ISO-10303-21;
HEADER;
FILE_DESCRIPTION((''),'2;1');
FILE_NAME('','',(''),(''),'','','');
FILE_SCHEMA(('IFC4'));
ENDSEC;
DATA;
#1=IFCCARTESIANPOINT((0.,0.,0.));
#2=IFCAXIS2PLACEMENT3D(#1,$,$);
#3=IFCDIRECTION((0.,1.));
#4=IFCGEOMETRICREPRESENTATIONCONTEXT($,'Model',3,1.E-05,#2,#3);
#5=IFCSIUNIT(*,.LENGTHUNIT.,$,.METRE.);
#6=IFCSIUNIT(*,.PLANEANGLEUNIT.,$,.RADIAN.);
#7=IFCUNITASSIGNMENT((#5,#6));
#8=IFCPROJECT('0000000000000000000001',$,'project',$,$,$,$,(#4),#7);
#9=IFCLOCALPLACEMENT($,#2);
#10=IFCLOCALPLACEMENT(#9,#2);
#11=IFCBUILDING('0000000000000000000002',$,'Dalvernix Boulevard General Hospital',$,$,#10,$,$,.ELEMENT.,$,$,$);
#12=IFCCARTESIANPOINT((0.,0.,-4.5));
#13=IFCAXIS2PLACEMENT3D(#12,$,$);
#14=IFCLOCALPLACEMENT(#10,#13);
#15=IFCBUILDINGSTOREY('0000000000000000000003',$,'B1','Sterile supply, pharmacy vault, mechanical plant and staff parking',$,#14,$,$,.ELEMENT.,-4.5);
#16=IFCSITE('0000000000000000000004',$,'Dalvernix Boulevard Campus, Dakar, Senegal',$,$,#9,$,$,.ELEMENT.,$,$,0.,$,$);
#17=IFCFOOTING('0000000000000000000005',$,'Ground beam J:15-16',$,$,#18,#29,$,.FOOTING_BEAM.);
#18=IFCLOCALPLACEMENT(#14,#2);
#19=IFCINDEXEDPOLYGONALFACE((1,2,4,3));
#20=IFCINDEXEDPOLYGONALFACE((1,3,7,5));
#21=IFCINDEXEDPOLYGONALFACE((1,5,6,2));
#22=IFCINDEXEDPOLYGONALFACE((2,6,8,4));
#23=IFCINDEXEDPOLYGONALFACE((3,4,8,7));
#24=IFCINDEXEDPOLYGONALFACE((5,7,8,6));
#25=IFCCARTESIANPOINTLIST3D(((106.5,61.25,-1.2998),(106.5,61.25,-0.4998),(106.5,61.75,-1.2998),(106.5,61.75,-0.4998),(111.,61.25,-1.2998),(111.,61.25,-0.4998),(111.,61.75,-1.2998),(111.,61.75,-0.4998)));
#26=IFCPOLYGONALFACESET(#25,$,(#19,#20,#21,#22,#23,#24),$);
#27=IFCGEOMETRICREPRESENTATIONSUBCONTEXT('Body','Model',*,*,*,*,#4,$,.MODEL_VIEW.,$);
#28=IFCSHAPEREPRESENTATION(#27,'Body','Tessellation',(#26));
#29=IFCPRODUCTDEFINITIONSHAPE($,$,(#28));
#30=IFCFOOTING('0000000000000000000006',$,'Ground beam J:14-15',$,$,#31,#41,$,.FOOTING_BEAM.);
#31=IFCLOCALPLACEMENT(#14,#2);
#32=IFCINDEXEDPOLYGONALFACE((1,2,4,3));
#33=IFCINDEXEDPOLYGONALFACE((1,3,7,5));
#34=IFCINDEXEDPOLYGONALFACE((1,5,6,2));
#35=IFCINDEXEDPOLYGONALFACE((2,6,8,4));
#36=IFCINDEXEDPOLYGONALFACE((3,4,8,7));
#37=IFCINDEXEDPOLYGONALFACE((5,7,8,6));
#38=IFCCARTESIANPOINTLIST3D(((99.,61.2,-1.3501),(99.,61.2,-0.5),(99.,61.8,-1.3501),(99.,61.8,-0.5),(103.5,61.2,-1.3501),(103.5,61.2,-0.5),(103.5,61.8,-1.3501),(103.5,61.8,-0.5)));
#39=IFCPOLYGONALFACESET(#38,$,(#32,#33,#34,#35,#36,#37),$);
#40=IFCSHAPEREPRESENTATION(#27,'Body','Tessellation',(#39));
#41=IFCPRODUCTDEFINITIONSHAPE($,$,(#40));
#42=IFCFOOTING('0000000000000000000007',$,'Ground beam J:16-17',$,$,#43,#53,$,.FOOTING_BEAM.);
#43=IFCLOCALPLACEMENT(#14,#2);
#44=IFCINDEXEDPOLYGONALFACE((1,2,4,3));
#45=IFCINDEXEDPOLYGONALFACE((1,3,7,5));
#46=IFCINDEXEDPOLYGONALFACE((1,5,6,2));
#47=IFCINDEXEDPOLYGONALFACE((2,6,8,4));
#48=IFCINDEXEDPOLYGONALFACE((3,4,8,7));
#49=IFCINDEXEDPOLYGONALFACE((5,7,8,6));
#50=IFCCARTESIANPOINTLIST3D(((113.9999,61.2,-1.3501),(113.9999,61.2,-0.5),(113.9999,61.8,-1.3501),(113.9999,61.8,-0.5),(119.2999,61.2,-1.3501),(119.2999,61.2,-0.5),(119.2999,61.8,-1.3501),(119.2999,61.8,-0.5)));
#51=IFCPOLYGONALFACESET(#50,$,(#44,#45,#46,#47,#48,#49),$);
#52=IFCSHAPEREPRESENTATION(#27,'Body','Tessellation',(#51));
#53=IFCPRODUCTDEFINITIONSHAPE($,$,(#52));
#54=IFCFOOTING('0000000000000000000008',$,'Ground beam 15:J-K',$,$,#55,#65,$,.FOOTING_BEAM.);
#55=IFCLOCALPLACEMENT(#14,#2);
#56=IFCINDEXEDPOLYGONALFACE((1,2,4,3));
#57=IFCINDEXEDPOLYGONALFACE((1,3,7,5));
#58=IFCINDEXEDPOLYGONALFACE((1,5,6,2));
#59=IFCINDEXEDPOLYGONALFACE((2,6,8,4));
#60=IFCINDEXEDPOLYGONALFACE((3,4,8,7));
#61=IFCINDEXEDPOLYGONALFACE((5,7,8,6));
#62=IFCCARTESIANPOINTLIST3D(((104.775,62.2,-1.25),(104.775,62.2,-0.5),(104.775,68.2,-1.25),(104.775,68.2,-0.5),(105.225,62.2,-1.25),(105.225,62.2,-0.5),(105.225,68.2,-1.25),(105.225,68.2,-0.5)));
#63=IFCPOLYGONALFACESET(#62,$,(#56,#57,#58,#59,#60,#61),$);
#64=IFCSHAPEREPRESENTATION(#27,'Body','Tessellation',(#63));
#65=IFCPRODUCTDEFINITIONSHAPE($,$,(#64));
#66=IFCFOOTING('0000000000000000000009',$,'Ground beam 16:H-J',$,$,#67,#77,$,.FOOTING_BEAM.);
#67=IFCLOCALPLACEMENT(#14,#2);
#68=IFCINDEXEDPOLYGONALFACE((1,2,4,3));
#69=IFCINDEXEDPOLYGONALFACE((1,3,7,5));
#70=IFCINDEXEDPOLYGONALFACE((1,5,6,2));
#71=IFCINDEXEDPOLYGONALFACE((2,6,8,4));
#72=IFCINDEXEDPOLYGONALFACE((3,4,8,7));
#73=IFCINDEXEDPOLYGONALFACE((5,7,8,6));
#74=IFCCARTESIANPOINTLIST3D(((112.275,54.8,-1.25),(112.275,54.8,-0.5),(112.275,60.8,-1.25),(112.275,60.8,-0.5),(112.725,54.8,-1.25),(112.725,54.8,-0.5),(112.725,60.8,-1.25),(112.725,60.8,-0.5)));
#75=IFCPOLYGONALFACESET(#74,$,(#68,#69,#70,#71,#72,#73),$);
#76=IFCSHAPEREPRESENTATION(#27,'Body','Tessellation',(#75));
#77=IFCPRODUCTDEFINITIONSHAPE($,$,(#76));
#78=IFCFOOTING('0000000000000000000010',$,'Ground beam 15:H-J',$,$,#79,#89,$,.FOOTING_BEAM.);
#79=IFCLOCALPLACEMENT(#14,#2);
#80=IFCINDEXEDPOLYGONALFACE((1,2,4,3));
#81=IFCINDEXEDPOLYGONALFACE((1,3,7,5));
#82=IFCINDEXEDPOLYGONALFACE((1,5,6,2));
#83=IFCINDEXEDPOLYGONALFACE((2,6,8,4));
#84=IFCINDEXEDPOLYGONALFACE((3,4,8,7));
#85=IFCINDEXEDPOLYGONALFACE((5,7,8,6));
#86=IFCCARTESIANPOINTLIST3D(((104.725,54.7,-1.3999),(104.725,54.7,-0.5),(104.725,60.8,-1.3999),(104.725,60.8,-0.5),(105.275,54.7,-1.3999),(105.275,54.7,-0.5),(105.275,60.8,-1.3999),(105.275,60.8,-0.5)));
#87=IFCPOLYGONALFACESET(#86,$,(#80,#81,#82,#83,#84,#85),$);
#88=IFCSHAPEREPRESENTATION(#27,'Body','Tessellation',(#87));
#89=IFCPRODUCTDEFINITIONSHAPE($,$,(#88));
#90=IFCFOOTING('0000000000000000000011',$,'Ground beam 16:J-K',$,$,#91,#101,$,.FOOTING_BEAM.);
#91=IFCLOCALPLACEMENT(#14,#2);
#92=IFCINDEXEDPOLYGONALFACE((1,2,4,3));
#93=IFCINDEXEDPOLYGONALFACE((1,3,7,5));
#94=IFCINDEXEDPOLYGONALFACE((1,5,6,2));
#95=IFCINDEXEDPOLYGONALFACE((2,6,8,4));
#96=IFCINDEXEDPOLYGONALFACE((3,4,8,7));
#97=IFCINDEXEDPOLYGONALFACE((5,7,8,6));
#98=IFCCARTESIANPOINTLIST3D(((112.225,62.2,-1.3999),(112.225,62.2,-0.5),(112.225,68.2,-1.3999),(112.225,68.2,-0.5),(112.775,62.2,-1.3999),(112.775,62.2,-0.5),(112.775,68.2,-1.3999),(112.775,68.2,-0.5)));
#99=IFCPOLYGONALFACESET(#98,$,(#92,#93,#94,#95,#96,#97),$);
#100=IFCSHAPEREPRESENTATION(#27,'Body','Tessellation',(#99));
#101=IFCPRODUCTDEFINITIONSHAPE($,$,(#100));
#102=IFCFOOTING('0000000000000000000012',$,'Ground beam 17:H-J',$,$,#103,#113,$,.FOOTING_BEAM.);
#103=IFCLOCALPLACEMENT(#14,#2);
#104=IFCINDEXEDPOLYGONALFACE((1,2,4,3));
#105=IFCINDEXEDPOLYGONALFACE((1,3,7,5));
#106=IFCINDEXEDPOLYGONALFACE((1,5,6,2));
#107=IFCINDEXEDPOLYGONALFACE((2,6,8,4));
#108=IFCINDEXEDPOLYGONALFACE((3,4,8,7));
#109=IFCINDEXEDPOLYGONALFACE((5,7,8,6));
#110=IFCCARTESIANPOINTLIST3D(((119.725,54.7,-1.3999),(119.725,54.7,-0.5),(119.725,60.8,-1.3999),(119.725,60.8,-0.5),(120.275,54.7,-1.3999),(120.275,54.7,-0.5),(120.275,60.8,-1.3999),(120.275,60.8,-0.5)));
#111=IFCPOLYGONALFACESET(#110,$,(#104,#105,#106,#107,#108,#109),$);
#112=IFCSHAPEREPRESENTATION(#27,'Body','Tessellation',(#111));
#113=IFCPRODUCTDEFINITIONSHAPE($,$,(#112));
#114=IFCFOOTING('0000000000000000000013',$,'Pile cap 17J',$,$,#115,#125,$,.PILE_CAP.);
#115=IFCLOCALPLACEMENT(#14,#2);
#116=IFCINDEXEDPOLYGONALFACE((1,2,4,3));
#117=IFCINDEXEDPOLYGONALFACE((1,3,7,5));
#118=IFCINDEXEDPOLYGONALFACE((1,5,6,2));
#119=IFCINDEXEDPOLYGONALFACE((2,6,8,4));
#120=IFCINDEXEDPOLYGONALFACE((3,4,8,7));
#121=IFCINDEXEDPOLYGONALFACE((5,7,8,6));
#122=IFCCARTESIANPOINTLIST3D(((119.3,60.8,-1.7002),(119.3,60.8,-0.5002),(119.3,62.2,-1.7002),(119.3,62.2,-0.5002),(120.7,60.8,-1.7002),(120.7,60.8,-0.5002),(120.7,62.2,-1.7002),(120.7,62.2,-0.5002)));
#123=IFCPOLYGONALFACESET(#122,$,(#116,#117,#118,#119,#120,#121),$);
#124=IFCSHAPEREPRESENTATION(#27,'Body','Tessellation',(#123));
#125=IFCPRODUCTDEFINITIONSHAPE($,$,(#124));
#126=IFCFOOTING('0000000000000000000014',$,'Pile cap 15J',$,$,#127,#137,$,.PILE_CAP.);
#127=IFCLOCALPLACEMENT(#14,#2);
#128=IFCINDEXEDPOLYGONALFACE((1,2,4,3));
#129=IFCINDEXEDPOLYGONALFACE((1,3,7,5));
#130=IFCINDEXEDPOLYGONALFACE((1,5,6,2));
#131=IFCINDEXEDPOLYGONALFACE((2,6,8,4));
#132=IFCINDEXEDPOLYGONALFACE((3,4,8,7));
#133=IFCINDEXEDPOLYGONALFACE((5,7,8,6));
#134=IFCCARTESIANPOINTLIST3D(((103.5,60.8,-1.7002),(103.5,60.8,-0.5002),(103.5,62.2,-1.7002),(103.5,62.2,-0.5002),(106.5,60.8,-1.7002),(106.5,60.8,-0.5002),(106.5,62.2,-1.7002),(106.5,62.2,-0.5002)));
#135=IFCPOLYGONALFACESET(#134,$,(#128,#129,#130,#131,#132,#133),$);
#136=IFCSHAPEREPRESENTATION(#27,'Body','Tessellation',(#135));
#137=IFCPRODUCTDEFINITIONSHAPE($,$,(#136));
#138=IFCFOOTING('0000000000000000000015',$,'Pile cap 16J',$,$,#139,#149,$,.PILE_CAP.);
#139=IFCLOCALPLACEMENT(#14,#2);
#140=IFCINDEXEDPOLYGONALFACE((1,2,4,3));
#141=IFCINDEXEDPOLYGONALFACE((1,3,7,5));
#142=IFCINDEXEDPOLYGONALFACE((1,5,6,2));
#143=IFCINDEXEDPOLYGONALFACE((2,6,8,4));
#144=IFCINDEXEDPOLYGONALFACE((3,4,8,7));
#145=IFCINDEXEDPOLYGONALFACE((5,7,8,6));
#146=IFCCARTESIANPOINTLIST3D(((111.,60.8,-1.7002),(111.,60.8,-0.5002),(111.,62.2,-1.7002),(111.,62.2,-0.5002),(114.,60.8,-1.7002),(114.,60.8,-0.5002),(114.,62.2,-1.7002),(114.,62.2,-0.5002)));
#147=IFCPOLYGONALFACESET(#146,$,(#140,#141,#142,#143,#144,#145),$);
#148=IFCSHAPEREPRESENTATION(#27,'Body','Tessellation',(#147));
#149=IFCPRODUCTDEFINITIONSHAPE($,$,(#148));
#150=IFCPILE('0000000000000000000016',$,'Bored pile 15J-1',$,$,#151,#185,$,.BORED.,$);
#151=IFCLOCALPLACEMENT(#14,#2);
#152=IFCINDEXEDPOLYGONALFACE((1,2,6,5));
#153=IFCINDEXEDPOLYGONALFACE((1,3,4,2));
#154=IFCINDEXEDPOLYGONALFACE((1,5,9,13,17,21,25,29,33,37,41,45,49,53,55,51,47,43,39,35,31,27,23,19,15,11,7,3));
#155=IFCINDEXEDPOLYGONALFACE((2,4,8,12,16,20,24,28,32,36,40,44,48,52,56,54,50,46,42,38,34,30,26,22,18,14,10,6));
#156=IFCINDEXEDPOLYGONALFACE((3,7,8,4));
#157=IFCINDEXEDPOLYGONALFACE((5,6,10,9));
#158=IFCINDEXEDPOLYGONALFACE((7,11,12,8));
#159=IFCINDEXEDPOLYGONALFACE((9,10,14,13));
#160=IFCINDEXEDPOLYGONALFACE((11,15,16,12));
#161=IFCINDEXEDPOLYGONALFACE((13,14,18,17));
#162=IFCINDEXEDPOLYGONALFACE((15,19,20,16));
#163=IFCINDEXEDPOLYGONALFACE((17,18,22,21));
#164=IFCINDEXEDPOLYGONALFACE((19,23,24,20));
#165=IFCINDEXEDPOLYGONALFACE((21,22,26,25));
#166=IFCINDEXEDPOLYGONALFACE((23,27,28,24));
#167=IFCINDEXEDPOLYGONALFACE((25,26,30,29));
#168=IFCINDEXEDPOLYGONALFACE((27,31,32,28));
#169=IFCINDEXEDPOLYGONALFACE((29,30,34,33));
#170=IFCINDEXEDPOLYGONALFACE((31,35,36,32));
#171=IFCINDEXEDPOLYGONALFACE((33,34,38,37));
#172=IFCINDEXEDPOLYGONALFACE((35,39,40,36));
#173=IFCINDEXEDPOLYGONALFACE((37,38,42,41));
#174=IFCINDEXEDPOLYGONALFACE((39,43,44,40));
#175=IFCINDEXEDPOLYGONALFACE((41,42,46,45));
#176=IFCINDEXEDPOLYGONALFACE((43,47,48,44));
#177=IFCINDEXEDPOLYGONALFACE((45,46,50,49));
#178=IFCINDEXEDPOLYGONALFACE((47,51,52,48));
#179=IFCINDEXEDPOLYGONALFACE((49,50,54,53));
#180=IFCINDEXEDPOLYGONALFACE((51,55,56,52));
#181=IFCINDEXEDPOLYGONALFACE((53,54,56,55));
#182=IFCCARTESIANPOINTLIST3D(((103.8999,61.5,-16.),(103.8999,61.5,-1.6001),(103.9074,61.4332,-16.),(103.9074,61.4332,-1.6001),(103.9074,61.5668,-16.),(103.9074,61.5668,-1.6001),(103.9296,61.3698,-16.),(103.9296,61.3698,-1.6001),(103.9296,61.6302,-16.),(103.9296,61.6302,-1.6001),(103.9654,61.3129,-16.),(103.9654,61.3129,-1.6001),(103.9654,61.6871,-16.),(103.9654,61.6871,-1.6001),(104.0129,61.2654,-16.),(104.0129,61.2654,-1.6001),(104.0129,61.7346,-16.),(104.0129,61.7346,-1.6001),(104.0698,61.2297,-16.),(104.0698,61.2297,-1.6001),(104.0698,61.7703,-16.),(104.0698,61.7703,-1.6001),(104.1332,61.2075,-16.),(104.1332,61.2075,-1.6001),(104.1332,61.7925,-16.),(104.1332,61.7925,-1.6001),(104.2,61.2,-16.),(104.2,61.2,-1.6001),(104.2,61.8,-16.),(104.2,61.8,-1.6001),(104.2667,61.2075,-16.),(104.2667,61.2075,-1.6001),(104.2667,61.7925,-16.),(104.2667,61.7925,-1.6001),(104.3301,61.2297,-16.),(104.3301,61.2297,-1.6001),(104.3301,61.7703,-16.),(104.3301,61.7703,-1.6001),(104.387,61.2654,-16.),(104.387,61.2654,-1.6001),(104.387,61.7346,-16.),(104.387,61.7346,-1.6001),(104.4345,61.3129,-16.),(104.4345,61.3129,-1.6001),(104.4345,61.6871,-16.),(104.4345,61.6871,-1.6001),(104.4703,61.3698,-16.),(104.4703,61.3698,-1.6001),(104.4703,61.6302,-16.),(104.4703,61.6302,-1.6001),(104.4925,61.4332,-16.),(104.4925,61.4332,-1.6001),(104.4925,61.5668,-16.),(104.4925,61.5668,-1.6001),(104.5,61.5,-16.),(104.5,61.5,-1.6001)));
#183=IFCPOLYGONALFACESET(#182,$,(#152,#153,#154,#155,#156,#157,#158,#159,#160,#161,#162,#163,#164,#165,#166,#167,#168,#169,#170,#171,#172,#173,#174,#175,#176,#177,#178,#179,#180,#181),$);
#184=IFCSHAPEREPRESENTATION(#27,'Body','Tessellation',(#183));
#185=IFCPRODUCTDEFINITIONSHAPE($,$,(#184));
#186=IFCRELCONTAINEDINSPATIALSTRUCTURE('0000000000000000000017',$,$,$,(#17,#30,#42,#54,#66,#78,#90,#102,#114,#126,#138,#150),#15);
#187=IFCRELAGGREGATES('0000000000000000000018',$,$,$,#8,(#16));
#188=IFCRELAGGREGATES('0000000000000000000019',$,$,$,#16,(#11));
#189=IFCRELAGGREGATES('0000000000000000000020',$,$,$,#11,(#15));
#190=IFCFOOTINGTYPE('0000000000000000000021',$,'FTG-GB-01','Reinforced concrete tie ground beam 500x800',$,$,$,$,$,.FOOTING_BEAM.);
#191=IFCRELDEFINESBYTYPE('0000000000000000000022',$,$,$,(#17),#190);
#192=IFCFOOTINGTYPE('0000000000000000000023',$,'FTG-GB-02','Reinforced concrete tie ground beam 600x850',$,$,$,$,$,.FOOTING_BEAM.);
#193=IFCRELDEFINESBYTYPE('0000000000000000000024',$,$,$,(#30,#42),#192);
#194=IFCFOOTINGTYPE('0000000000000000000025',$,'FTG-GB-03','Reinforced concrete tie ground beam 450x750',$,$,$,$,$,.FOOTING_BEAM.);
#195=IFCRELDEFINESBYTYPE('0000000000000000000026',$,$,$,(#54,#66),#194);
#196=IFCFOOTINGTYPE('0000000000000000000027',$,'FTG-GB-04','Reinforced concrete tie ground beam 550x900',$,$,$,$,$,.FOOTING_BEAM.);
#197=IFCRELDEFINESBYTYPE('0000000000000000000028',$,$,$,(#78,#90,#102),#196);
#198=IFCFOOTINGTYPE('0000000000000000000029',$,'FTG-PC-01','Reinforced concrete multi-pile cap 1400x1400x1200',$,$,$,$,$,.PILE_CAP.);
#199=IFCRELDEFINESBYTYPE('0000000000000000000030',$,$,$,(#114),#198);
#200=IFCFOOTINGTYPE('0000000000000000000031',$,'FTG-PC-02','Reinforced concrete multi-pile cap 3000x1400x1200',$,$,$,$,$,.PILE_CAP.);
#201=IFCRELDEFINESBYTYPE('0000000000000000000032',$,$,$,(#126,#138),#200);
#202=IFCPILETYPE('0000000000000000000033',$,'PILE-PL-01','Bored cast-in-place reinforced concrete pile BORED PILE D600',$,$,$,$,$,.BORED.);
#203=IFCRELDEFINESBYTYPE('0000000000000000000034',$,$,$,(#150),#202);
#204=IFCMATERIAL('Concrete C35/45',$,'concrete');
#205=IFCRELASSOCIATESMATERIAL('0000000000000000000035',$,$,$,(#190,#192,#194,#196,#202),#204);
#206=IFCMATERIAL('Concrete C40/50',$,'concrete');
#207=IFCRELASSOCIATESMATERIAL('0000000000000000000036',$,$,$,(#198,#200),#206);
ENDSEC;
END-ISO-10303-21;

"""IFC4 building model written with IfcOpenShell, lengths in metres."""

from ifc_helpers import new_model, si_unit, direction, frame, origin, origin_2d, place, context, subcontext, project, spatial, rectangle, circle, extrude, material, material_profile, profile_set, type_object, element, save


model = new_model("IFC4")

# Units and contexts
model_context = context("Model", 3, precision=1e-05, world=origin(), true_north=direction((0.0, 1.0)))
body_context = subcontext(model_context, "Body", "Model", "MODEL_VIEW")
ifc_project = project(units=[si_unit("LENGTHUNIT", "METRE"), si_unit("PLANEANGLEUNIT", "RADIAN")], contexts=[model_context])

# Site, building, storey
site_placement = place(None, origin())
site = spatial("IfcSite", under=ifc_project, at=site_placement, Name="Dalvernix Boulevard Campus, Dakar, Senegal", CompositionType="ELEMENT", RefElevation=0.0)
building_placement = place(site_placement, origin())
building = spatial("IfcBuilding", under=site, at=building_placement, Name="Dalvernix Boulevard General Hospital", CompositionType="ELEMENT")
storey_placement = place(building_placement, frame((0.0, 0.0, -4.5)))
storey = spatial("IfcBuildingStorey", under=building, at=storey_placement, Name="B1", Description="Sterile supply, pharmacy vault, mechanical plant and staff parking", CompositionType="ELEMENT", Elevation=-4.5)

# Footings
ifc_material_1 = material(Name="Concrete C35/45", Category="concrete")
footing_type_1 = type_object("IfcFootingType", Name="FTG-GB-01", Description="Reinforced concrete tie ground beam 500x800", PredefinedType="FOOTING_BEAM", material=ifc_material_1)
footing_1_placement = place(storey_placement, frame((108.75, 61.5, -1.2998), z_axis=(0.0, 0.0, 1.0), x_axis=(1.0, 0.0, 0.0)))
element("IfcFooting", 1, at=footing_1_placement, inside=storey, type_object=footing_type_1, Name="Ground beam J:15-16", PredefinedType="FOOTING_BEAM", context=body_context, shape_type="SweptSolid", body=[
    extrude(rectangle(XDim=4.5, YDim=0.5, at=origin_2d()), origin(), (0.0, 0.0, 1.0), 0.8),
])
footing_type_2 = type_object("IfcFootingType", Name="FTG-GB-02", Description="Reinforced concrete tie ground beam 600x850", PredefinedType="FOOTING_BEAM", material=ifc_material_1)
footing_2_placement = place(storey_placement, frame((101.25, 61.5, -1.3501), z_axis=(0.0, 0.0, 1.0), x_axis=(1.0, 0.0, 0.0)))
element("IfcFooting", 2, at=footing_2_placement, inside=storey, type_object=footing_type_2, Name="Ground beam J:14-15", PredefinedType="FOOTING_BEAM", context=body_context, shape_type="SweptSolid", body=[
    extrude(rectangle(XDim=4.5, YDim=0.6001, at=origin_2d()), origin(), (0.0, 0.0, 1.0), 0.8501),
])
footing_3_placement = place(storey_placement, frame((116.6499, 61.5, -1.3501), z_axis=(0.0, 0.0, 1.0), x_axis=(1.0, 0.0, 0.0)))
element("IfcFooting", 3, at=footing_3_placement, inside=storey, type_object=footing_type_2, Name="Ground beam J:16-17", PredefinedType="FOOTING_BEAM", context=body_context, shape_type="SweptSolid", body=[
    extrude(rectangle(XDim=5.3, YDim=0.6001, at=origin_2d()), origin(), (0.0, 0.0, 1.0), 0.8501),
])
footing_type_3 = type_object("IfcFootingType", Name="FTG-GB-03", Description="Reinforced concrete tie ground beam 450x750", PredefinedType="FOOTING_BEAM", material=ifc_material_1)
for number, where, z_axis, x_axis, name in (
    (4, (105.0, 65.2, -1.25), (0.0, 0.0, 1.0), (0.0, 1.0, 0.0), "Ground beam 15:J-K"),
    (5, (112.5, 57.8, -1.25), (0.0, 0.0, 1.0), (0.0, 1.0, 0.0), "Ground beam 16:H-J"),
):
    element("IfcFooting", number, at=place(storey_placement, frame(where, z_axis=z_axis, x_axis=x_axis)), inside=storey, type_object=footing_type_3, Name=name, PredefinedType="FOOTING_BEAM", context=body_context, shape_type="SweptSolid", body=[
        extrude(rectangle(XDim=6.0, YDim=0.45, at=origin_2d()), origin(), (0.0, 0.0, 1.0), 0.75),
    ])
footing_type_4 = type_object("IfcFootingType", Name="FTG-GB-04", Description="Reinforced concrete tie ground beam 550x900", PredefinedType="FOOTING_BEAM", material=ifc_material_1)
footing_4_placement = place(storey_placement, frame((105.0, 57.75, -1.3999), z_axis=(0.0, 0.0, 1.0), x_axis=(0.0, 1.0, 0.0)))
element("IfcFooting", 6, at=footing_4_placement, inside=storey, type_object=footing_type_4, Name="Ground beam 15:H-J", PredefinedType="FOOTING_BEAM", context=body_context, shape_type="SweptSolid", body=[
    extrude(rectangle(XDim=6.1001, YDim=0.55, at=origin_2d()), origin(), (0.0, 0.0, 1.0), 0.8999),
])
footing_5_placement = place(storey_placement, frame((112.5, 65.2, -1.3999), z_axis=(0.0, 0.0, 1.0), x_axis=(0.0, 1.0, 0.0)))
element("IfcFooting", 7, at=footing_5_placement, inside=storey, type_object=footing_type_4, Name="Ground beam 16:J-K", PredefinedType="FOOTING_BEAM", context=body_context, shape_type="SweptSolid", body=[
    extrude(rectangle(XDim=6.0, YDim=0.55, at=origin_2d()), origin(), (0.0, 0.0, 1.0), 0.8999),
])
footing_6_placement = place(storey_placement, frame((120.0, 57.75, -1.3999), z_axis=(0.0, 0.0, 1.0), x_axis=(0.0, 1.0, 0.0)))
element("IfcFooting", 8, at=footing_6_placement, inside=storey, type_object=footing_type_4, Name="Ground beam 17:H-J", PredefinedType="FOOTING_BEAM", context=body_context, shape_type="SweptSolid", body=[
    extrude(rectangle(XDim=6.1001, YDim=0.55, at=origin_2d()), origin(), (0.0, 0.0, 1.0), 0.8999),
])
ifc_material_2 = material(Name="Concrete C40/50", Category="concrete")
footing_type_5 = type_object("IfcFootingType", Name="FTG-PC-01", Description="Reinforced concrete multi-pile cap 1400x1400x1200", PredefinedType="PILE_CAP", material=ifc_material_2)
footing_7_placement = place(storey_placement, frame((120.0, 61.5, -1.7002), z_axis=(0.0, 0.0, 1.0), x_axis=(1.0, 0.0, 0.0)))
element("IfcFooting", 9, at=footing_7_placement, inside=storey, type_object=footing_type_5, Name="Pile cap 17J", PredefinedType="PILE_CAP", context=body_context, shape_type="SweptSolid", body=[
    extrude(rectangle(XDim=1.3999, YDim=1.3999, at=origin_2d()), origin(), (0.0, 0.0, 1.0), 1.2),
])
footing_type_6 = type_object("IfcFootingType", Name="FTG-PC-02", Description="Reinforced concrete multi-pile cap 3000x1400x1200", PredefinedType="PILE_CAP", material=ifc_material_2)
for number, where, z_axis, x_axis, name in (
    (10, (105.0, 61.5, -1.7002), (0.0, 0.0, 1.0), (1.0, 0.0, 0.0), "Pile cap 15J"),
    (11, (112.5, 61.5, -1.7002), (0.0, 0.0, 1.0), (1.0, 0.0, 0.0), "Pile cap 16J"),
):
    element("IfcFooting", number, at=place(storey_placement, frame(where, z_axis=z_axis, x_axis=x_axis)), inside=storey, type_object=footing_type_6, Name=name, PredefinedType="PILE_CAP", context=body_context, shape_type="SweptSolid", body=[
        extrude(rectangle(XDim=3.0, YDim=1.3999, at=origin_2d()), origin(), (0.0, 0.0, 1.0), 1.2),
    ])

# Pile
ifc_material_profile_1 = material_profile(ifc_material_1, circle(Radius=0.3, at=origin_2d()), Name="BORED PILE D600")
ifc_profile_set_1 = profile_set([ifc_material_profile_1], Name="Concrete C35/45")
pile_type = type_object("IfcPileType", Name="PILE-PL-01", Description="Bored cast-in-place reinforced concrete pile BORED PILE D600", PredefinedType="BORED", material=ifc_profile_set_1)
for number, where, z_axis, x_axis, name in (
    (12, (104.2, 61.5, -1.6001), (0.0, 0.0, -1.0), (1.0, 0.0, 0.0), "Bored pile 15J-1"),
):
    element("IfcPile", number, at=place(storey_placement, frame(where, z_axis=z_axis, x_axis=x_axis)), inside=storey, type_object=pile_type, Name=name, PredefinedType="BORED", context=body_context, shape_type="SweptSolid", body=[
        extrude(circle(Radius=0.3, at=origin_2d()), origin(), (0.0, 0.0, 1.0), 14.3999),
    ])

save(model, "model.ifc")
